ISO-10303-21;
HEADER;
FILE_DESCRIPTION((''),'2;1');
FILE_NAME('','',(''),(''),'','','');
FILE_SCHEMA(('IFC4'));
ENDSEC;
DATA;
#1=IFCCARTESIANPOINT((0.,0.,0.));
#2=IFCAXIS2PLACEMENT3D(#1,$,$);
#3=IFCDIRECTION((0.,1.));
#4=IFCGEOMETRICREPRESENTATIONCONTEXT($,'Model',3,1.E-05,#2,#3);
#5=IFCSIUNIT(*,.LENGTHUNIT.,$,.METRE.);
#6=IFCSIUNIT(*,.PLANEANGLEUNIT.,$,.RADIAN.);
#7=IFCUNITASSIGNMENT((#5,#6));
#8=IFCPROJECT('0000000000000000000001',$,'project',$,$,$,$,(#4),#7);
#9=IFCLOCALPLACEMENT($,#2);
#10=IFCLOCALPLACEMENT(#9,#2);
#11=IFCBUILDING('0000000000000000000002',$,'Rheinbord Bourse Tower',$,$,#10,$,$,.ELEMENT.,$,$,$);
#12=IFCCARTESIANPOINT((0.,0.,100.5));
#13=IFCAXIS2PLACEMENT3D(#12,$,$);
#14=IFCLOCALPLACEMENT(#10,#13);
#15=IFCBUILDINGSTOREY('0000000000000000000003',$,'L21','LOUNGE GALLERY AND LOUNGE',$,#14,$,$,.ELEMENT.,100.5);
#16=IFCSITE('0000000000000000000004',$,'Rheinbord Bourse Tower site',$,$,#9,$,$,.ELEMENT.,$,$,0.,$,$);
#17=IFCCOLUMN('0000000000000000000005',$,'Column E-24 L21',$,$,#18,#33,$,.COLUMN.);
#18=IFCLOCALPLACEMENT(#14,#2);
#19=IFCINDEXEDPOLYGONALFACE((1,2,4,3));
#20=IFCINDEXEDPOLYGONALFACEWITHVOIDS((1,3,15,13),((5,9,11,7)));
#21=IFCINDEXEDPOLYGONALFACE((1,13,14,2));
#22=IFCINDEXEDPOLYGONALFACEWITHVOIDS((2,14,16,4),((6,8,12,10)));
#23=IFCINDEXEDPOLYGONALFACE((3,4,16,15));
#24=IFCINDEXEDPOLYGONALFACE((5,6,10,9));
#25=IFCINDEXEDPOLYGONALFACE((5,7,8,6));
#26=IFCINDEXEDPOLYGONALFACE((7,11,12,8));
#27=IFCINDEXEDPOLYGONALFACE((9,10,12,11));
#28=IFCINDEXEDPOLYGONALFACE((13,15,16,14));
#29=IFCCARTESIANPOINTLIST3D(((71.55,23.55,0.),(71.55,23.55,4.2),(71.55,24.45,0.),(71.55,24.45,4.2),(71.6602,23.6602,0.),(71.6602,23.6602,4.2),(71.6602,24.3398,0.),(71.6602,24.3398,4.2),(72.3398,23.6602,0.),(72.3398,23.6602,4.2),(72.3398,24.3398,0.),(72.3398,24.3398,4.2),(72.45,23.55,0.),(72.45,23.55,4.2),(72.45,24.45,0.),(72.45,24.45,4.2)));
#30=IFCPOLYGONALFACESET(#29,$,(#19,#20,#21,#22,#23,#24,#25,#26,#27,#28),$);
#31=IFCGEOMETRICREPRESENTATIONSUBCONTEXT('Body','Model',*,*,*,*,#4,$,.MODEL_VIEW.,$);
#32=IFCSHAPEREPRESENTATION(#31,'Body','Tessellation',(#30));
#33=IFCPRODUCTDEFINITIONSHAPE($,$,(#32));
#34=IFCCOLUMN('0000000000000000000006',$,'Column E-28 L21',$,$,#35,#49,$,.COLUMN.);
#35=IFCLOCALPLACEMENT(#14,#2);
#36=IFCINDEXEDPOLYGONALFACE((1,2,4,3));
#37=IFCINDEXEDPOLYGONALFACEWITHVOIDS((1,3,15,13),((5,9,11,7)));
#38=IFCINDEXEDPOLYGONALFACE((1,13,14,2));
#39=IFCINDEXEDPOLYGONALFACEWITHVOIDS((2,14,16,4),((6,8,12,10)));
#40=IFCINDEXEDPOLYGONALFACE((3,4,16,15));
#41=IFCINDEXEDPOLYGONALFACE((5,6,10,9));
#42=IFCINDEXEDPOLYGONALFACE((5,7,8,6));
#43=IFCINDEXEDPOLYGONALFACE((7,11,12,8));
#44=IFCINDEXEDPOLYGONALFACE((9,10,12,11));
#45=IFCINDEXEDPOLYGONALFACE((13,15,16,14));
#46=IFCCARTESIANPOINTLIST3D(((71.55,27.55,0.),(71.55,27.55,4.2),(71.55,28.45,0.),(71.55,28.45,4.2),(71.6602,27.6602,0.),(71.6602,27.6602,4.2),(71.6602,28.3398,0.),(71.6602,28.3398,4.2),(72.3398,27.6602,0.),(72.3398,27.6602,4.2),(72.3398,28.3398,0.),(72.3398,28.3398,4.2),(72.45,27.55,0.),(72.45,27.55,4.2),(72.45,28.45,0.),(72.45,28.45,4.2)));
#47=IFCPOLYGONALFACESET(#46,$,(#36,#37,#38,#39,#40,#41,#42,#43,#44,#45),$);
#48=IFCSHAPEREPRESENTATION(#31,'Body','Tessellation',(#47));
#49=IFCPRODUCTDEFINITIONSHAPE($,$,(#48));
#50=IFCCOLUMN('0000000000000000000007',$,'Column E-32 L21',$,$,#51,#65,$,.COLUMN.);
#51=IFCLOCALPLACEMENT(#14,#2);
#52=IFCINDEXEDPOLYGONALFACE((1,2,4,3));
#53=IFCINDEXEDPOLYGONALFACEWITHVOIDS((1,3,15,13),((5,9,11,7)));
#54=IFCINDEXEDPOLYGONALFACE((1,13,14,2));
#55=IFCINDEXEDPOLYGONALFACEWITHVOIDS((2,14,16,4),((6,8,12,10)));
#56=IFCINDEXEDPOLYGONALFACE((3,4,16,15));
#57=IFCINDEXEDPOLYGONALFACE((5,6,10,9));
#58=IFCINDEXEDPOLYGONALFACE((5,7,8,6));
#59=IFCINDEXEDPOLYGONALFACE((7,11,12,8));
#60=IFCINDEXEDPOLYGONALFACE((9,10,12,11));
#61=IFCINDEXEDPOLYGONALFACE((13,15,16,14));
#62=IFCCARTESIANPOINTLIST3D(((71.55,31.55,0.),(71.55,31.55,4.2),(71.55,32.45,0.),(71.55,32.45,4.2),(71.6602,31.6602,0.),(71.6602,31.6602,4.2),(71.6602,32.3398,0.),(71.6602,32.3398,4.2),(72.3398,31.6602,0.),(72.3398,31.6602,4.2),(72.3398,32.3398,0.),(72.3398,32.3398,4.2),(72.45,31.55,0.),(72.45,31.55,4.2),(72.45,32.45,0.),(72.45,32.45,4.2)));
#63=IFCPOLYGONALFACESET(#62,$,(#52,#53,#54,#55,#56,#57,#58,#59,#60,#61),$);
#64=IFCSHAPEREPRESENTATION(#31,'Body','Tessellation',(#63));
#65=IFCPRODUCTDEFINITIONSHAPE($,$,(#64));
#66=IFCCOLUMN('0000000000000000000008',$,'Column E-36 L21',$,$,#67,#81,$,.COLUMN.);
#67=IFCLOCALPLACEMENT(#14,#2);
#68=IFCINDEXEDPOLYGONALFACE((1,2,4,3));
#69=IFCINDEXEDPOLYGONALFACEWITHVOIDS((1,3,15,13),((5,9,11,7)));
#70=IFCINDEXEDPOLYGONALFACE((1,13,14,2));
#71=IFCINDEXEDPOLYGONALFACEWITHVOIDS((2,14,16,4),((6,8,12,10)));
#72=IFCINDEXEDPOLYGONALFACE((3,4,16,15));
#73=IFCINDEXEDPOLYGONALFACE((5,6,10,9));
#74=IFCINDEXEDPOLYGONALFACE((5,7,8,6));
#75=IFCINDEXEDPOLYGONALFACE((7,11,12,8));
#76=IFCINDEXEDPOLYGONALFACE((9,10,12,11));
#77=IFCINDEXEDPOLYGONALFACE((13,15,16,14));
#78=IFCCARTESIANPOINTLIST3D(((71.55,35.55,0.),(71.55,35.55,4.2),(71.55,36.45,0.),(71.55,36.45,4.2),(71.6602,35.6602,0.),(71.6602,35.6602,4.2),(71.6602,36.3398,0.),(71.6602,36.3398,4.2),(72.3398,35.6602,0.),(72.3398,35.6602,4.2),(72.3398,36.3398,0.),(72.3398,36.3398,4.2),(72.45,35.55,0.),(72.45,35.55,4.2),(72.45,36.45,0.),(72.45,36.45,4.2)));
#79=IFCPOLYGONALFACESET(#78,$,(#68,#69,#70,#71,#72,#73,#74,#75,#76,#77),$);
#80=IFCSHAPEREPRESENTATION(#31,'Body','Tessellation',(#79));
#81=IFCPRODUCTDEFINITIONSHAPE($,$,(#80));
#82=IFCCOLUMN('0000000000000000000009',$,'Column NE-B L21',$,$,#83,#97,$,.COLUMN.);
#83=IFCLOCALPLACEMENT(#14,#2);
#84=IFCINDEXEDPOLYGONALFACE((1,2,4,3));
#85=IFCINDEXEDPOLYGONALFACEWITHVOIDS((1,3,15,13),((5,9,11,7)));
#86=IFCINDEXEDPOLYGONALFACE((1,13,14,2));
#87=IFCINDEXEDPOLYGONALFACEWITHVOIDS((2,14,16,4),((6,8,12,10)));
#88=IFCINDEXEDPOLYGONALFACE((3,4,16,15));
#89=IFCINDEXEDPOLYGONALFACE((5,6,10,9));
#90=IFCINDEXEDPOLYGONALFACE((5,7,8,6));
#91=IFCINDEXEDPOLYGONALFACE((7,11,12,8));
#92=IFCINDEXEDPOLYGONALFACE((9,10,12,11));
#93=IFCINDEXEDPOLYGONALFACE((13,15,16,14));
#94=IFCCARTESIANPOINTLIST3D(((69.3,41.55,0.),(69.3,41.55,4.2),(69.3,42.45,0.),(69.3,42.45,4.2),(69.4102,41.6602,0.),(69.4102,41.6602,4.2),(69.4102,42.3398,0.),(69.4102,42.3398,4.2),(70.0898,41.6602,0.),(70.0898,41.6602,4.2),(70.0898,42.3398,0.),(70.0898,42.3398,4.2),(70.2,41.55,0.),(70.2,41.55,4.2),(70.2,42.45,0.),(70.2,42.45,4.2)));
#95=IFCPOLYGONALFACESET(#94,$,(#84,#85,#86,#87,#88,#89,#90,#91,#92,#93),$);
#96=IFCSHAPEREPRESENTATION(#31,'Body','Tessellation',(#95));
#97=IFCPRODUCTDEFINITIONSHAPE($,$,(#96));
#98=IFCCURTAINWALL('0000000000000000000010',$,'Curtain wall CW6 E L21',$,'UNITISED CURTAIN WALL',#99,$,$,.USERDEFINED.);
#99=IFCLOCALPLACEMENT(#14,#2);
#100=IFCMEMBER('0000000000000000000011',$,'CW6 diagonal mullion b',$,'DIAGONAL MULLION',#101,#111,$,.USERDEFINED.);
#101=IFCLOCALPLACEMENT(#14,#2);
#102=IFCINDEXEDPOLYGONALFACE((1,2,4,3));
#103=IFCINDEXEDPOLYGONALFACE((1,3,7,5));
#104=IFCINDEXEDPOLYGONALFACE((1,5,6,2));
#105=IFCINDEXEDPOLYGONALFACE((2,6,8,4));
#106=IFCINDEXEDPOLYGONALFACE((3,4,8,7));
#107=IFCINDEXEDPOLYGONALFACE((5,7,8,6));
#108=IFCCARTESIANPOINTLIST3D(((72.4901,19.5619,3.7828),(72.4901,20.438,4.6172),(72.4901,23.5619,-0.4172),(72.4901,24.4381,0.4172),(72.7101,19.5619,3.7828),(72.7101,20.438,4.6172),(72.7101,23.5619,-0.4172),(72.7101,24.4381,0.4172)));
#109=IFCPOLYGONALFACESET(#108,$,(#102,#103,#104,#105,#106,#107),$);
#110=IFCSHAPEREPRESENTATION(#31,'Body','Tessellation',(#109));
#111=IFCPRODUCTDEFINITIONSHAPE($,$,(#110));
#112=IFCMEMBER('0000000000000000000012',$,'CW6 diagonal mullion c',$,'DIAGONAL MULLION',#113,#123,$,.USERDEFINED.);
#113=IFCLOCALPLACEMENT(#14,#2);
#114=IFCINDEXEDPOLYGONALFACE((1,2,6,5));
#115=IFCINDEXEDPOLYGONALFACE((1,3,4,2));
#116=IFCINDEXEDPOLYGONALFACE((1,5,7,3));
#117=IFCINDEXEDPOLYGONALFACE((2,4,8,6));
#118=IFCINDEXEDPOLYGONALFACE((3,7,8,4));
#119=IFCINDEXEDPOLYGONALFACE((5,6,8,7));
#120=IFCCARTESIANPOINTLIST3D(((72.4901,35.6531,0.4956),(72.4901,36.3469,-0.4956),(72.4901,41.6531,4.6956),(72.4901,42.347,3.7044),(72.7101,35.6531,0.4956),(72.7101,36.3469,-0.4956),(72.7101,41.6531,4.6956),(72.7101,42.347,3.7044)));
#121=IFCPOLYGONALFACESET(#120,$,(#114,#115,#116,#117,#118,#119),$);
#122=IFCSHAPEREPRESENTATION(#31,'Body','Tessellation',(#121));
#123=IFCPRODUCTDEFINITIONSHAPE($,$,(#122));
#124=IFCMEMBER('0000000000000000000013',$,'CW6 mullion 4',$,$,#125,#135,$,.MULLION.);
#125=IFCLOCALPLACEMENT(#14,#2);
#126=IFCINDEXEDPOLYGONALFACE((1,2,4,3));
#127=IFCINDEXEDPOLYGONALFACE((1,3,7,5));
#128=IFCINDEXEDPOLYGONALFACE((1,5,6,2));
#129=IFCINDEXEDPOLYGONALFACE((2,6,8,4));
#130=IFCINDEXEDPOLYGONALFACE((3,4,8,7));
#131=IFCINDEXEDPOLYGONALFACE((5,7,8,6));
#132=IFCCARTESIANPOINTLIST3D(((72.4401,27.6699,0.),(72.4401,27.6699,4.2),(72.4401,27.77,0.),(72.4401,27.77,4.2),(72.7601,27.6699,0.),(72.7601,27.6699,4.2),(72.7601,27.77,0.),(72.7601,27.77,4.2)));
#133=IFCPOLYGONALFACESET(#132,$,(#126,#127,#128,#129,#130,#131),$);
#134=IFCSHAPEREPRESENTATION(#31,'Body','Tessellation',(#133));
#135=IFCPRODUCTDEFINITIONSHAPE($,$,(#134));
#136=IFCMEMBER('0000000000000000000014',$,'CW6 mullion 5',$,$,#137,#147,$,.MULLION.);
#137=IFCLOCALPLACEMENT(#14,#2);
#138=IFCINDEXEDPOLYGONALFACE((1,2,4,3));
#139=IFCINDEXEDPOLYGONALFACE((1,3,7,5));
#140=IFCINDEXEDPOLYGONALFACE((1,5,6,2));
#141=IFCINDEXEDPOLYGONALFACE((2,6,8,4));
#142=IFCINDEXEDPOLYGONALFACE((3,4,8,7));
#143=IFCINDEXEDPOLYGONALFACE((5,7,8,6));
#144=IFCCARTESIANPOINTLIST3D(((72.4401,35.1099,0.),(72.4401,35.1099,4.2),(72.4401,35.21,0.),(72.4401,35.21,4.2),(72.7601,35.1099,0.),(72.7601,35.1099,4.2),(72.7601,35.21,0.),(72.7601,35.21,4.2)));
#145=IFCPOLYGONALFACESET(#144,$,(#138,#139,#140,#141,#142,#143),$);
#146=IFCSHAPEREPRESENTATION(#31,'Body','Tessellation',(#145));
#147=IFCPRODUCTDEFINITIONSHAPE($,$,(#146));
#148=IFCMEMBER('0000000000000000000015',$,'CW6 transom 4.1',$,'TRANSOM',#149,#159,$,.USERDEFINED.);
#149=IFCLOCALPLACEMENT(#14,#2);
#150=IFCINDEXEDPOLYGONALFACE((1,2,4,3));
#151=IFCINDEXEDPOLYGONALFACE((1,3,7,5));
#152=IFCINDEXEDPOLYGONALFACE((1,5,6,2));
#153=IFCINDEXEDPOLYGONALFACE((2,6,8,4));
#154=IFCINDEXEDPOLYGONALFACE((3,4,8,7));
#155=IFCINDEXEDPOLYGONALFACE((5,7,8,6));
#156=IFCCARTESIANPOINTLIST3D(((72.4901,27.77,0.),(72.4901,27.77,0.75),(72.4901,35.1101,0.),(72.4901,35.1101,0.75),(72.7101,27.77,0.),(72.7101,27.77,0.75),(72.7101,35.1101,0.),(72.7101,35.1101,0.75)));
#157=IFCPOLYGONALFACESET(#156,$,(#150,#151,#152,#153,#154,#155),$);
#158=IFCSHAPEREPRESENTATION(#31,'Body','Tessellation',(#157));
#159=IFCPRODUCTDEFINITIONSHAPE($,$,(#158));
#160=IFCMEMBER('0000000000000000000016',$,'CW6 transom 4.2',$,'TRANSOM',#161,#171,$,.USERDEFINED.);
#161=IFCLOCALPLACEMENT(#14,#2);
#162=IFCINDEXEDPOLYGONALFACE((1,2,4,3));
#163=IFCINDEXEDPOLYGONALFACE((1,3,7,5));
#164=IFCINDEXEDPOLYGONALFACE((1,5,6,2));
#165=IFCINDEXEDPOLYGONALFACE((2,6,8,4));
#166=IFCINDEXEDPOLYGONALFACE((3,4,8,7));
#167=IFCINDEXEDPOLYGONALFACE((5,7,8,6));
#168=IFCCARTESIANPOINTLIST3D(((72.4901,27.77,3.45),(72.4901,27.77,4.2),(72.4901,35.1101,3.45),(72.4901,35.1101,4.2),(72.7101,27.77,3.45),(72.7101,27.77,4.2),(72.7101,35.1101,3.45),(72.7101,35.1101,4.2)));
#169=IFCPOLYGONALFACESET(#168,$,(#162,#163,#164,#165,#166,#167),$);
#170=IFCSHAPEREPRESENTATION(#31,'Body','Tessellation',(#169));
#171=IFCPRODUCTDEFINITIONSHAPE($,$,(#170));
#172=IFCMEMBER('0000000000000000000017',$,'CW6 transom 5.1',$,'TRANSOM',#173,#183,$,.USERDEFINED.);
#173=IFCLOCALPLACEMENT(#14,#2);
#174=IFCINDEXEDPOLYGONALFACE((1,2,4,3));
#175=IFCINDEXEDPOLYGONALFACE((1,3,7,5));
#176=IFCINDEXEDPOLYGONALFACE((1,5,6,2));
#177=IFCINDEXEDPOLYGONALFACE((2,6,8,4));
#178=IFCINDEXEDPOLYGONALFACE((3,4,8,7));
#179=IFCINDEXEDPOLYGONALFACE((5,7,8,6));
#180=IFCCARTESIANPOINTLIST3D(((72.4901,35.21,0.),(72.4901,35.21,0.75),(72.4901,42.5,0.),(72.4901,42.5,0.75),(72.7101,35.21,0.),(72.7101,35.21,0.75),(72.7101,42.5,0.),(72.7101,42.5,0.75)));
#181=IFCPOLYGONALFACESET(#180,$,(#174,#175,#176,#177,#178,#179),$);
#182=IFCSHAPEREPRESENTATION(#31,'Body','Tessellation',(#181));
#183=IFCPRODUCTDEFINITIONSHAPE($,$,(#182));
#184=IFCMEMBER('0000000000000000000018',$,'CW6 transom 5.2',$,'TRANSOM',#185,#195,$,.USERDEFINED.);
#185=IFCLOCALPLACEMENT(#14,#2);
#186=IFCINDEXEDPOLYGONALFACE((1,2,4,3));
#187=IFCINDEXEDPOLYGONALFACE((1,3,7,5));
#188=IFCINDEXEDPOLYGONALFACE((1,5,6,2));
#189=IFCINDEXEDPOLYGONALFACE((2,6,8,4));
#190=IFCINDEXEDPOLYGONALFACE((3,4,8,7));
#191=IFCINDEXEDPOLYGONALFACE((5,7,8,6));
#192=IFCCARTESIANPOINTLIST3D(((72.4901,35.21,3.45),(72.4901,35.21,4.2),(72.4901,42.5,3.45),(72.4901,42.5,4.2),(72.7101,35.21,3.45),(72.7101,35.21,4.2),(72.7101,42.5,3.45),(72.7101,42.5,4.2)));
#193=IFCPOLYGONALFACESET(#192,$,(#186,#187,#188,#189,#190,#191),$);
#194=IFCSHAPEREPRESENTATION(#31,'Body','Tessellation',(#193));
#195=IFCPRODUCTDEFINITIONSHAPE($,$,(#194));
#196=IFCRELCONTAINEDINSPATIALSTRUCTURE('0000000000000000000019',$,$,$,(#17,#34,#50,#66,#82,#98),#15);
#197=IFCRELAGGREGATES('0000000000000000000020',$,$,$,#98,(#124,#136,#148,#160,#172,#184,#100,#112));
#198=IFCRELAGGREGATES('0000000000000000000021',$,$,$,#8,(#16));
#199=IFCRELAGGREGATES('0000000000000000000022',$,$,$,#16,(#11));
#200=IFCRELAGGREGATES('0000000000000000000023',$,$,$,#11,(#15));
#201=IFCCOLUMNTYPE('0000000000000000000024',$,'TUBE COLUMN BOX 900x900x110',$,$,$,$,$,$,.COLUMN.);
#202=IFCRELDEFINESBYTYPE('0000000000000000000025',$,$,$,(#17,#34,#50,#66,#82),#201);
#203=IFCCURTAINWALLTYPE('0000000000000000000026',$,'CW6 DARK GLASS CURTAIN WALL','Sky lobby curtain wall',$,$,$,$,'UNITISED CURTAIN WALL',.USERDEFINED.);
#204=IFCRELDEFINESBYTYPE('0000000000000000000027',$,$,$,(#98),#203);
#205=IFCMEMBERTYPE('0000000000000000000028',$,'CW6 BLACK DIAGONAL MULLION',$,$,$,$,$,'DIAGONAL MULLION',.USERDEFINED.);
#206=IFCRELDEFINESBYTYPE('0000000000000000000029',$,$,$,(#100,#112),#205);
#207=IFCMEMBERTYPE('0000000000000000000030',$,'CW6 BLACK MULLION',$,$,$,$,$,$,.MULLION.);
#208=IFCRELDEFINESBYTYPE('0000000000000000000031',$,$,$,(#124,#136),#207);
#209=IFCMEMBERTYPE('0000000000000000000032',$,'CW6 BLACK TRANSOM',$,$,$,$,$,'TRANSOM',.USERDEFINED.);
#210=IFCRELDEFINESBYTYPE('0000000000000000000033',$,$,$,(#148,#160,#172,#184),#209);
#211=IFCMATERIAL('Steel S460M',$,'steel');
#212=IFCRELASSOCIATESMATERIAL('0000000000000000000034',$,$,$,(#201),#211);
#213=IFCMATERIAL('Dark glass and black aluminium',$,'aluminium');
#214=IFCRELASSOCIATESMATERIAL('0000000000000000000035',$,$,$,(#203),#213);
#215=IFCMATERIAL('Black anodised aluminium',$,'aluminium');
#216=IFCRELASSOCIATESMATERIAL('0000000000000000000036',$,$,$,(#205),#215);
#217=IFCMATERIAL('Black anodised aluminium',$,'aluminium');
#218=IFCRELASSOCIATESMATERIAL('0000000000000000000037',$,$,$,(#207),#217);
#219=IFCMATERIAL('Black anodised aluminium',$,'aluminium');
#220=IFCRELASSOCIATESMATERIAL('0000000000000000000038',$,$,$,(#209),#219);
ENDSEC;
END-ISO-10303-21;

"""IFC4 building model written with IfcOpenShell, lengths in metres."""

from ifc_helpers import new_model, si_unit, direction, frame, origin, origin_2d, place, context, subcontext, project, spatial, rectangle, hollow_rectangle, extrude, material, material_profile, profile_set, type_object, element, aggregate, save


model = new_model("IFC4")

# Units and contexts
model_context = context("Model", 3, precision=1e-05, world=origin(), true_north=direction((0.0, 1.0)))
body_context = subcontext(model_context, "Body", "Model", "MODEL_VIEW")
ifc_project = project(units=[si_unit("LENGTHUNIT", "METRE"), si_unit("PLANEANGLEUNIT", "RADIAN")], contexts=[model_context])

# Site, building, storey
site_placement = place(None, origin())
site = spatial("IfcSite", under=ifc_project, at=site_placement, Name="Rheinbord Bourse Tower site", CompositionType="ELEMENT", RefElevation=0.0)
building_placement = place(site_placement, origin())
building = spatial("IfcBuilding", under=site, at=building_placement, Name="Rheinbord Bourse Tower", CompositionType="ELEMENT")
storey_placement = place(building_placement, frame((0.0, 0.0, 100.5)))
storey = spatial("IfcBuildingStorey", under=building, at=storey_placement, Name="L21", Description="LOUNGE GALLERY AND LOUNGE", CompositionType="ELEMENT", Elevation=100.5)

# Columns
ifc_material_1 = material(Name="Steel S460M", Category="steel")
ifc_material_profile_1 = material_profile(ifc_material_1, hollow_rectangle(XDim=0.8999, YDim=0.8999, WallThickness=0.1101, at=origin_2d()), Name="BOX 900x900x110")
ifc_profile_set_1 = profile_set([ifc_material_profile_1], Name="Steel S460M")
column_type = type_object("IfcColumnType", Name="TUBE COLUMN BOX 900x900x110", PredefinedType="COLUMN", material=ifc_profile_set_1)
for number, where, z_axis, x_axis, name in (
    (1, (72.0, 24.0, 0.0), (0.0, 0.0, 1.0), (1.0, 0.0, 0.0), "Column E-24 L21"),
    (2, (72.0, 28.0, 0.0), (0.0, 0.0, 1.0), (1.0, 0.0, 0.0), "Column E-28 L21"),
    (3, (72.0, 32.0, 0.0), (0.0, 0.0, 1.0), (1.0, 0.0, 0.0), "Column E-32 L21"),
    (4, (72.0, 36.0, 0.0), (0.0, 0.0, 1.0), (1.0, 0.0, 0.0), "Column E-36 L21"),
    (5, (69.75, 42.0, 0.0), (0.0, 0.0, 1.0), (1.0, 0.0, 0.0), "Column NE-B L21"),
):
    element("IfcColumn", number, at=place(storey_placement, frame(where, z_axis=z_axis, x_axis=x_axis)), inside=storey, type_object=column_type, Name=name, PredefinedType="COLUMN", context=body_context, shape_type="SweptSolid", body=[
        extrude(hollow_rectangle(XDim=0.8999, YDim=0.8999, WallThickness=0.1101, at=origin_2d()), origin(), (0.0, 0.0, 1.0), 4.2),
    ])

# Curtain wall, members
ifc_material_2 = material(Name="Dark glass and black aluminium", Category="aluminium")
curtain_wall_type = type_object("IfcCurtainWallType", Name="CW6 DARK GLASS CURTAIN WALL", Description="Sky lobby curtain wall", ElementType="UNITISED CURTAIN WALL", PredefinedType="USERDEFINED", material=ifc_material_2)
curtain_wall_placement = place(storey_placement, origin())
curtain_wall = element("IfcCurtainWall", 6, at=curtain_wall_placement, inside=storey, type_object=curtain_wall_type, Name="Curtain wall CW6 E L21", ObjectType="UNITISED CURTAIN WALL", PredefinedType="USERDEFINED")
ifc_material_3 = material(Name="Black anodised aluminium", Category="aluminium")
ifc_material_profile_2 = material_profile(ifc_material_3, rectangle(XDim=0.22, YDim=1.21, at=origin_2d()), Name="CW6 DIAGONAL MULLION 1210x220")
ifc_profile_set_2 = profile_set([ifc_material_profile_2], Name="Black anodised aluminium")
member_type_1 = type_object("IfcMemberType", Name="CW6 BLACK DIAGONAL MULLION", ElementType="DIAGONAL MULLION", PredefinedType="USERDEFINED", material=ifc_profile_set_2)
member_1_placement = place(storey_placement, frame((72.6001, 24.0, 0.0), z_axis=(0.0, -0.689659, 0.724134), x_axis=(1.0, 0.0, 0.0)))
member_1 = element("IfcMember", 7, at=member_1_placement, type_object=member_type_1, Name="CW6 diagonal mullion b", ObjectType="DIAGONAL MULLION", PredefinedType="USERDEFINED", context=body_context, shape_type="SweptSolid", body=[
    extrude(rectangle(XDim=0.22, YDim=1.21, at=origin_2d()), origin(), (0.0, 0.0, 1.0), 5.8),
])
member_2_placement = place(storey_placement, frame((72.6001, 36.0, 0.0), z_axis=(0.0, 0.819235, 0.573458), x_axis=(-1.0, 0.0, 0.0)))
member_2 = element("IfcMember", 8, at=member_2_placement, type_object=member_type_1, Name="CW6 diagonal mullion c", ObjectType="DIAGONAL MULLION", PredefinedType="USERDEFINED", context=body_context, shape_type="SweptSolid", body=[
    extrude(rectangle(XDim=0.22, YDim=1.21, at=origin_2d()), origin(), (0.0, 0.0, 1.0), 7.324),
])
ifc_material_4 = material(Name="Black anodised aluminium", Category="aluminium")
ifc_material_profile_3 = material_profile(ifc_material_4, rectangle(XDim=0.3201, YDim=0.1001, at=origin_2d()), Name="CW6 MULLION 100x320")
ifc_profile_set_3 = profile_set([ifc_material_profile_3], Name="Black anodised aluminium")
member_type_2 = type_object("IfcMemberType", Name="CW6 BLACK MULLION", PredefinedType="MULLION", material=ifc_profile_set_3)
member_3_placement = place(storey_placement, frame((72.6001, 27.72, 0.0), z_axis=(0.0, 0.0, 1.0), x_axis=(-1.0, 0.0, 0.0)))
member_3 = element("IfcMember", 9, at=member_3_placement, type_object=member_type_2, Name="CW6 mullion 4", PredefinedType="MULLION", context=body_context, shape_type="SweptSolid", body=[
    extrude(rectangle(XDim=0.3201, YDim=0.1001, at=origin_2d()), origin(), (0.0, 0.0, 1.0), 4.2),
])
member_4_placement = place(storey_placement, frame((72.6001, 35.1599, 0.0), z_axis=(0.0, 0.0, 1.0), x_axis=(-1.0, 0.0, 0.0)))
member_4 = element("IfcMember", 10, at=member_4_placement, type_object=member_type_2, Name="CW6 mullion 5", PredefinedType="MULLION", context=body_context, shape_type="SweptSolid", body=[
    extrude(rectangle(XDim=0.3201, YDim=0.1001, at=origin_2d()), origin(), (0.0, 0.0, 1.0), 4.2),
])
ifc_material_5 = material(Name="Black anodised aluminium", Category="aluminium")
ifc_material_profile_4 = material_profile(ifc_material_5, rectangle(XDim=0.22, YDim=0.75, at=origin_2d()), Name="CW6 TRANSOM 750x220")
ifc_profile_set_4 = profile_set([ifc_material_profile_4], Name="Black anodised aluminium")
member_type_3 = type_object("IfcMemberType", Name="CW6 BLACK TRANSOM", ElementType="TRANSOM", PredefinedType="USERDEFINED", material=ifc_profile_set_4)
member_5_placement = place(storey_placement, frame((72.6001, 27.77, 0.375), z_axis=(0.0, 1.0, 0.0), x_axis=(-1.0, 0.0, 0.0)))
member_5 = element("IfcMember", 11, at=member_5_placement, type_object=member_type_3, Name="CW6 transom 4.1", ObjectType="TRANSOM", PredefinedType="USERDEFINED", context=body_context, shape_type="SweptSolid", body=[
    extrude(rectangle(XDim=0.22, YDim=0.75, at=origin_2d()), origin(), (0.0, 0.0, 1.0), 7.3401),
])
member_6_placement = place(storey_placement, frame((72.6001, 27.77, 3.825), z_axis=(0.0, 1.0, 0.0), x_axis=(-1.0, 0.0, 0.0)))
member_6 = element("IfcMember", 12, at=member_6_placement, type_object=member_type_3, Name="CW6 transom 4.2", ObjectType="TRANSOM", PredefinedType="USERDEFINED", context=body_context, shape_type="SweptSolid", body=[
    extrude(rectangle(XDim=0.22, YDim=0.75, at=origin_2d()), origin(), (0.0, 0.0, 1.0), 7.3401),
])
member_7_placement = place(storey_placement, frame((72.6001, 35.21, 0.375), z_axis=(0.0, 1.0, 0.0), x_axis=(-1.0, 0.0, 0.0)))
member_7 = element("IfcMember", 13, at=member_7_placement, type_object=member_type_3, Name="CW6 transom 5.1", ObjectType="TRANSOM", PredefinedType="USERDEFINED", context=body_context, shape_type="SweptSolid", body=[
    extrude(rectangle(XDim=0.22, YDim=0.75, at=origin_2d()), origin(), (0.0, 0.0, 1.0), 7.29),
])
member_8_placement = place(storey_placement, frame((72.6001, 35.21, 3.825), z_axis=(0.0, 1.0, 0.0), x_axis=(-1.0, 0.0, 0.0)))
member_8 = element("IfcMember", 14, at=member_8_placement, type_object=member_type_3, Name="CW6 transom 5.2", ObjectType="TRANSOM", PredefinedType="USERDEFINED", context=body_context, shape_type="SweptSolid", body=[
    extrude(rectangle(XDim=0.22, YDim=0.75, at=origin_2d()), origin(), (0.0, 0.0, 1.0), 7.29),
])

aggregate(curtain_wall, [member_3, member_4, member_5, member_6, member_7, member_8, member_1, member_2])

save(model, "model.ifc")
